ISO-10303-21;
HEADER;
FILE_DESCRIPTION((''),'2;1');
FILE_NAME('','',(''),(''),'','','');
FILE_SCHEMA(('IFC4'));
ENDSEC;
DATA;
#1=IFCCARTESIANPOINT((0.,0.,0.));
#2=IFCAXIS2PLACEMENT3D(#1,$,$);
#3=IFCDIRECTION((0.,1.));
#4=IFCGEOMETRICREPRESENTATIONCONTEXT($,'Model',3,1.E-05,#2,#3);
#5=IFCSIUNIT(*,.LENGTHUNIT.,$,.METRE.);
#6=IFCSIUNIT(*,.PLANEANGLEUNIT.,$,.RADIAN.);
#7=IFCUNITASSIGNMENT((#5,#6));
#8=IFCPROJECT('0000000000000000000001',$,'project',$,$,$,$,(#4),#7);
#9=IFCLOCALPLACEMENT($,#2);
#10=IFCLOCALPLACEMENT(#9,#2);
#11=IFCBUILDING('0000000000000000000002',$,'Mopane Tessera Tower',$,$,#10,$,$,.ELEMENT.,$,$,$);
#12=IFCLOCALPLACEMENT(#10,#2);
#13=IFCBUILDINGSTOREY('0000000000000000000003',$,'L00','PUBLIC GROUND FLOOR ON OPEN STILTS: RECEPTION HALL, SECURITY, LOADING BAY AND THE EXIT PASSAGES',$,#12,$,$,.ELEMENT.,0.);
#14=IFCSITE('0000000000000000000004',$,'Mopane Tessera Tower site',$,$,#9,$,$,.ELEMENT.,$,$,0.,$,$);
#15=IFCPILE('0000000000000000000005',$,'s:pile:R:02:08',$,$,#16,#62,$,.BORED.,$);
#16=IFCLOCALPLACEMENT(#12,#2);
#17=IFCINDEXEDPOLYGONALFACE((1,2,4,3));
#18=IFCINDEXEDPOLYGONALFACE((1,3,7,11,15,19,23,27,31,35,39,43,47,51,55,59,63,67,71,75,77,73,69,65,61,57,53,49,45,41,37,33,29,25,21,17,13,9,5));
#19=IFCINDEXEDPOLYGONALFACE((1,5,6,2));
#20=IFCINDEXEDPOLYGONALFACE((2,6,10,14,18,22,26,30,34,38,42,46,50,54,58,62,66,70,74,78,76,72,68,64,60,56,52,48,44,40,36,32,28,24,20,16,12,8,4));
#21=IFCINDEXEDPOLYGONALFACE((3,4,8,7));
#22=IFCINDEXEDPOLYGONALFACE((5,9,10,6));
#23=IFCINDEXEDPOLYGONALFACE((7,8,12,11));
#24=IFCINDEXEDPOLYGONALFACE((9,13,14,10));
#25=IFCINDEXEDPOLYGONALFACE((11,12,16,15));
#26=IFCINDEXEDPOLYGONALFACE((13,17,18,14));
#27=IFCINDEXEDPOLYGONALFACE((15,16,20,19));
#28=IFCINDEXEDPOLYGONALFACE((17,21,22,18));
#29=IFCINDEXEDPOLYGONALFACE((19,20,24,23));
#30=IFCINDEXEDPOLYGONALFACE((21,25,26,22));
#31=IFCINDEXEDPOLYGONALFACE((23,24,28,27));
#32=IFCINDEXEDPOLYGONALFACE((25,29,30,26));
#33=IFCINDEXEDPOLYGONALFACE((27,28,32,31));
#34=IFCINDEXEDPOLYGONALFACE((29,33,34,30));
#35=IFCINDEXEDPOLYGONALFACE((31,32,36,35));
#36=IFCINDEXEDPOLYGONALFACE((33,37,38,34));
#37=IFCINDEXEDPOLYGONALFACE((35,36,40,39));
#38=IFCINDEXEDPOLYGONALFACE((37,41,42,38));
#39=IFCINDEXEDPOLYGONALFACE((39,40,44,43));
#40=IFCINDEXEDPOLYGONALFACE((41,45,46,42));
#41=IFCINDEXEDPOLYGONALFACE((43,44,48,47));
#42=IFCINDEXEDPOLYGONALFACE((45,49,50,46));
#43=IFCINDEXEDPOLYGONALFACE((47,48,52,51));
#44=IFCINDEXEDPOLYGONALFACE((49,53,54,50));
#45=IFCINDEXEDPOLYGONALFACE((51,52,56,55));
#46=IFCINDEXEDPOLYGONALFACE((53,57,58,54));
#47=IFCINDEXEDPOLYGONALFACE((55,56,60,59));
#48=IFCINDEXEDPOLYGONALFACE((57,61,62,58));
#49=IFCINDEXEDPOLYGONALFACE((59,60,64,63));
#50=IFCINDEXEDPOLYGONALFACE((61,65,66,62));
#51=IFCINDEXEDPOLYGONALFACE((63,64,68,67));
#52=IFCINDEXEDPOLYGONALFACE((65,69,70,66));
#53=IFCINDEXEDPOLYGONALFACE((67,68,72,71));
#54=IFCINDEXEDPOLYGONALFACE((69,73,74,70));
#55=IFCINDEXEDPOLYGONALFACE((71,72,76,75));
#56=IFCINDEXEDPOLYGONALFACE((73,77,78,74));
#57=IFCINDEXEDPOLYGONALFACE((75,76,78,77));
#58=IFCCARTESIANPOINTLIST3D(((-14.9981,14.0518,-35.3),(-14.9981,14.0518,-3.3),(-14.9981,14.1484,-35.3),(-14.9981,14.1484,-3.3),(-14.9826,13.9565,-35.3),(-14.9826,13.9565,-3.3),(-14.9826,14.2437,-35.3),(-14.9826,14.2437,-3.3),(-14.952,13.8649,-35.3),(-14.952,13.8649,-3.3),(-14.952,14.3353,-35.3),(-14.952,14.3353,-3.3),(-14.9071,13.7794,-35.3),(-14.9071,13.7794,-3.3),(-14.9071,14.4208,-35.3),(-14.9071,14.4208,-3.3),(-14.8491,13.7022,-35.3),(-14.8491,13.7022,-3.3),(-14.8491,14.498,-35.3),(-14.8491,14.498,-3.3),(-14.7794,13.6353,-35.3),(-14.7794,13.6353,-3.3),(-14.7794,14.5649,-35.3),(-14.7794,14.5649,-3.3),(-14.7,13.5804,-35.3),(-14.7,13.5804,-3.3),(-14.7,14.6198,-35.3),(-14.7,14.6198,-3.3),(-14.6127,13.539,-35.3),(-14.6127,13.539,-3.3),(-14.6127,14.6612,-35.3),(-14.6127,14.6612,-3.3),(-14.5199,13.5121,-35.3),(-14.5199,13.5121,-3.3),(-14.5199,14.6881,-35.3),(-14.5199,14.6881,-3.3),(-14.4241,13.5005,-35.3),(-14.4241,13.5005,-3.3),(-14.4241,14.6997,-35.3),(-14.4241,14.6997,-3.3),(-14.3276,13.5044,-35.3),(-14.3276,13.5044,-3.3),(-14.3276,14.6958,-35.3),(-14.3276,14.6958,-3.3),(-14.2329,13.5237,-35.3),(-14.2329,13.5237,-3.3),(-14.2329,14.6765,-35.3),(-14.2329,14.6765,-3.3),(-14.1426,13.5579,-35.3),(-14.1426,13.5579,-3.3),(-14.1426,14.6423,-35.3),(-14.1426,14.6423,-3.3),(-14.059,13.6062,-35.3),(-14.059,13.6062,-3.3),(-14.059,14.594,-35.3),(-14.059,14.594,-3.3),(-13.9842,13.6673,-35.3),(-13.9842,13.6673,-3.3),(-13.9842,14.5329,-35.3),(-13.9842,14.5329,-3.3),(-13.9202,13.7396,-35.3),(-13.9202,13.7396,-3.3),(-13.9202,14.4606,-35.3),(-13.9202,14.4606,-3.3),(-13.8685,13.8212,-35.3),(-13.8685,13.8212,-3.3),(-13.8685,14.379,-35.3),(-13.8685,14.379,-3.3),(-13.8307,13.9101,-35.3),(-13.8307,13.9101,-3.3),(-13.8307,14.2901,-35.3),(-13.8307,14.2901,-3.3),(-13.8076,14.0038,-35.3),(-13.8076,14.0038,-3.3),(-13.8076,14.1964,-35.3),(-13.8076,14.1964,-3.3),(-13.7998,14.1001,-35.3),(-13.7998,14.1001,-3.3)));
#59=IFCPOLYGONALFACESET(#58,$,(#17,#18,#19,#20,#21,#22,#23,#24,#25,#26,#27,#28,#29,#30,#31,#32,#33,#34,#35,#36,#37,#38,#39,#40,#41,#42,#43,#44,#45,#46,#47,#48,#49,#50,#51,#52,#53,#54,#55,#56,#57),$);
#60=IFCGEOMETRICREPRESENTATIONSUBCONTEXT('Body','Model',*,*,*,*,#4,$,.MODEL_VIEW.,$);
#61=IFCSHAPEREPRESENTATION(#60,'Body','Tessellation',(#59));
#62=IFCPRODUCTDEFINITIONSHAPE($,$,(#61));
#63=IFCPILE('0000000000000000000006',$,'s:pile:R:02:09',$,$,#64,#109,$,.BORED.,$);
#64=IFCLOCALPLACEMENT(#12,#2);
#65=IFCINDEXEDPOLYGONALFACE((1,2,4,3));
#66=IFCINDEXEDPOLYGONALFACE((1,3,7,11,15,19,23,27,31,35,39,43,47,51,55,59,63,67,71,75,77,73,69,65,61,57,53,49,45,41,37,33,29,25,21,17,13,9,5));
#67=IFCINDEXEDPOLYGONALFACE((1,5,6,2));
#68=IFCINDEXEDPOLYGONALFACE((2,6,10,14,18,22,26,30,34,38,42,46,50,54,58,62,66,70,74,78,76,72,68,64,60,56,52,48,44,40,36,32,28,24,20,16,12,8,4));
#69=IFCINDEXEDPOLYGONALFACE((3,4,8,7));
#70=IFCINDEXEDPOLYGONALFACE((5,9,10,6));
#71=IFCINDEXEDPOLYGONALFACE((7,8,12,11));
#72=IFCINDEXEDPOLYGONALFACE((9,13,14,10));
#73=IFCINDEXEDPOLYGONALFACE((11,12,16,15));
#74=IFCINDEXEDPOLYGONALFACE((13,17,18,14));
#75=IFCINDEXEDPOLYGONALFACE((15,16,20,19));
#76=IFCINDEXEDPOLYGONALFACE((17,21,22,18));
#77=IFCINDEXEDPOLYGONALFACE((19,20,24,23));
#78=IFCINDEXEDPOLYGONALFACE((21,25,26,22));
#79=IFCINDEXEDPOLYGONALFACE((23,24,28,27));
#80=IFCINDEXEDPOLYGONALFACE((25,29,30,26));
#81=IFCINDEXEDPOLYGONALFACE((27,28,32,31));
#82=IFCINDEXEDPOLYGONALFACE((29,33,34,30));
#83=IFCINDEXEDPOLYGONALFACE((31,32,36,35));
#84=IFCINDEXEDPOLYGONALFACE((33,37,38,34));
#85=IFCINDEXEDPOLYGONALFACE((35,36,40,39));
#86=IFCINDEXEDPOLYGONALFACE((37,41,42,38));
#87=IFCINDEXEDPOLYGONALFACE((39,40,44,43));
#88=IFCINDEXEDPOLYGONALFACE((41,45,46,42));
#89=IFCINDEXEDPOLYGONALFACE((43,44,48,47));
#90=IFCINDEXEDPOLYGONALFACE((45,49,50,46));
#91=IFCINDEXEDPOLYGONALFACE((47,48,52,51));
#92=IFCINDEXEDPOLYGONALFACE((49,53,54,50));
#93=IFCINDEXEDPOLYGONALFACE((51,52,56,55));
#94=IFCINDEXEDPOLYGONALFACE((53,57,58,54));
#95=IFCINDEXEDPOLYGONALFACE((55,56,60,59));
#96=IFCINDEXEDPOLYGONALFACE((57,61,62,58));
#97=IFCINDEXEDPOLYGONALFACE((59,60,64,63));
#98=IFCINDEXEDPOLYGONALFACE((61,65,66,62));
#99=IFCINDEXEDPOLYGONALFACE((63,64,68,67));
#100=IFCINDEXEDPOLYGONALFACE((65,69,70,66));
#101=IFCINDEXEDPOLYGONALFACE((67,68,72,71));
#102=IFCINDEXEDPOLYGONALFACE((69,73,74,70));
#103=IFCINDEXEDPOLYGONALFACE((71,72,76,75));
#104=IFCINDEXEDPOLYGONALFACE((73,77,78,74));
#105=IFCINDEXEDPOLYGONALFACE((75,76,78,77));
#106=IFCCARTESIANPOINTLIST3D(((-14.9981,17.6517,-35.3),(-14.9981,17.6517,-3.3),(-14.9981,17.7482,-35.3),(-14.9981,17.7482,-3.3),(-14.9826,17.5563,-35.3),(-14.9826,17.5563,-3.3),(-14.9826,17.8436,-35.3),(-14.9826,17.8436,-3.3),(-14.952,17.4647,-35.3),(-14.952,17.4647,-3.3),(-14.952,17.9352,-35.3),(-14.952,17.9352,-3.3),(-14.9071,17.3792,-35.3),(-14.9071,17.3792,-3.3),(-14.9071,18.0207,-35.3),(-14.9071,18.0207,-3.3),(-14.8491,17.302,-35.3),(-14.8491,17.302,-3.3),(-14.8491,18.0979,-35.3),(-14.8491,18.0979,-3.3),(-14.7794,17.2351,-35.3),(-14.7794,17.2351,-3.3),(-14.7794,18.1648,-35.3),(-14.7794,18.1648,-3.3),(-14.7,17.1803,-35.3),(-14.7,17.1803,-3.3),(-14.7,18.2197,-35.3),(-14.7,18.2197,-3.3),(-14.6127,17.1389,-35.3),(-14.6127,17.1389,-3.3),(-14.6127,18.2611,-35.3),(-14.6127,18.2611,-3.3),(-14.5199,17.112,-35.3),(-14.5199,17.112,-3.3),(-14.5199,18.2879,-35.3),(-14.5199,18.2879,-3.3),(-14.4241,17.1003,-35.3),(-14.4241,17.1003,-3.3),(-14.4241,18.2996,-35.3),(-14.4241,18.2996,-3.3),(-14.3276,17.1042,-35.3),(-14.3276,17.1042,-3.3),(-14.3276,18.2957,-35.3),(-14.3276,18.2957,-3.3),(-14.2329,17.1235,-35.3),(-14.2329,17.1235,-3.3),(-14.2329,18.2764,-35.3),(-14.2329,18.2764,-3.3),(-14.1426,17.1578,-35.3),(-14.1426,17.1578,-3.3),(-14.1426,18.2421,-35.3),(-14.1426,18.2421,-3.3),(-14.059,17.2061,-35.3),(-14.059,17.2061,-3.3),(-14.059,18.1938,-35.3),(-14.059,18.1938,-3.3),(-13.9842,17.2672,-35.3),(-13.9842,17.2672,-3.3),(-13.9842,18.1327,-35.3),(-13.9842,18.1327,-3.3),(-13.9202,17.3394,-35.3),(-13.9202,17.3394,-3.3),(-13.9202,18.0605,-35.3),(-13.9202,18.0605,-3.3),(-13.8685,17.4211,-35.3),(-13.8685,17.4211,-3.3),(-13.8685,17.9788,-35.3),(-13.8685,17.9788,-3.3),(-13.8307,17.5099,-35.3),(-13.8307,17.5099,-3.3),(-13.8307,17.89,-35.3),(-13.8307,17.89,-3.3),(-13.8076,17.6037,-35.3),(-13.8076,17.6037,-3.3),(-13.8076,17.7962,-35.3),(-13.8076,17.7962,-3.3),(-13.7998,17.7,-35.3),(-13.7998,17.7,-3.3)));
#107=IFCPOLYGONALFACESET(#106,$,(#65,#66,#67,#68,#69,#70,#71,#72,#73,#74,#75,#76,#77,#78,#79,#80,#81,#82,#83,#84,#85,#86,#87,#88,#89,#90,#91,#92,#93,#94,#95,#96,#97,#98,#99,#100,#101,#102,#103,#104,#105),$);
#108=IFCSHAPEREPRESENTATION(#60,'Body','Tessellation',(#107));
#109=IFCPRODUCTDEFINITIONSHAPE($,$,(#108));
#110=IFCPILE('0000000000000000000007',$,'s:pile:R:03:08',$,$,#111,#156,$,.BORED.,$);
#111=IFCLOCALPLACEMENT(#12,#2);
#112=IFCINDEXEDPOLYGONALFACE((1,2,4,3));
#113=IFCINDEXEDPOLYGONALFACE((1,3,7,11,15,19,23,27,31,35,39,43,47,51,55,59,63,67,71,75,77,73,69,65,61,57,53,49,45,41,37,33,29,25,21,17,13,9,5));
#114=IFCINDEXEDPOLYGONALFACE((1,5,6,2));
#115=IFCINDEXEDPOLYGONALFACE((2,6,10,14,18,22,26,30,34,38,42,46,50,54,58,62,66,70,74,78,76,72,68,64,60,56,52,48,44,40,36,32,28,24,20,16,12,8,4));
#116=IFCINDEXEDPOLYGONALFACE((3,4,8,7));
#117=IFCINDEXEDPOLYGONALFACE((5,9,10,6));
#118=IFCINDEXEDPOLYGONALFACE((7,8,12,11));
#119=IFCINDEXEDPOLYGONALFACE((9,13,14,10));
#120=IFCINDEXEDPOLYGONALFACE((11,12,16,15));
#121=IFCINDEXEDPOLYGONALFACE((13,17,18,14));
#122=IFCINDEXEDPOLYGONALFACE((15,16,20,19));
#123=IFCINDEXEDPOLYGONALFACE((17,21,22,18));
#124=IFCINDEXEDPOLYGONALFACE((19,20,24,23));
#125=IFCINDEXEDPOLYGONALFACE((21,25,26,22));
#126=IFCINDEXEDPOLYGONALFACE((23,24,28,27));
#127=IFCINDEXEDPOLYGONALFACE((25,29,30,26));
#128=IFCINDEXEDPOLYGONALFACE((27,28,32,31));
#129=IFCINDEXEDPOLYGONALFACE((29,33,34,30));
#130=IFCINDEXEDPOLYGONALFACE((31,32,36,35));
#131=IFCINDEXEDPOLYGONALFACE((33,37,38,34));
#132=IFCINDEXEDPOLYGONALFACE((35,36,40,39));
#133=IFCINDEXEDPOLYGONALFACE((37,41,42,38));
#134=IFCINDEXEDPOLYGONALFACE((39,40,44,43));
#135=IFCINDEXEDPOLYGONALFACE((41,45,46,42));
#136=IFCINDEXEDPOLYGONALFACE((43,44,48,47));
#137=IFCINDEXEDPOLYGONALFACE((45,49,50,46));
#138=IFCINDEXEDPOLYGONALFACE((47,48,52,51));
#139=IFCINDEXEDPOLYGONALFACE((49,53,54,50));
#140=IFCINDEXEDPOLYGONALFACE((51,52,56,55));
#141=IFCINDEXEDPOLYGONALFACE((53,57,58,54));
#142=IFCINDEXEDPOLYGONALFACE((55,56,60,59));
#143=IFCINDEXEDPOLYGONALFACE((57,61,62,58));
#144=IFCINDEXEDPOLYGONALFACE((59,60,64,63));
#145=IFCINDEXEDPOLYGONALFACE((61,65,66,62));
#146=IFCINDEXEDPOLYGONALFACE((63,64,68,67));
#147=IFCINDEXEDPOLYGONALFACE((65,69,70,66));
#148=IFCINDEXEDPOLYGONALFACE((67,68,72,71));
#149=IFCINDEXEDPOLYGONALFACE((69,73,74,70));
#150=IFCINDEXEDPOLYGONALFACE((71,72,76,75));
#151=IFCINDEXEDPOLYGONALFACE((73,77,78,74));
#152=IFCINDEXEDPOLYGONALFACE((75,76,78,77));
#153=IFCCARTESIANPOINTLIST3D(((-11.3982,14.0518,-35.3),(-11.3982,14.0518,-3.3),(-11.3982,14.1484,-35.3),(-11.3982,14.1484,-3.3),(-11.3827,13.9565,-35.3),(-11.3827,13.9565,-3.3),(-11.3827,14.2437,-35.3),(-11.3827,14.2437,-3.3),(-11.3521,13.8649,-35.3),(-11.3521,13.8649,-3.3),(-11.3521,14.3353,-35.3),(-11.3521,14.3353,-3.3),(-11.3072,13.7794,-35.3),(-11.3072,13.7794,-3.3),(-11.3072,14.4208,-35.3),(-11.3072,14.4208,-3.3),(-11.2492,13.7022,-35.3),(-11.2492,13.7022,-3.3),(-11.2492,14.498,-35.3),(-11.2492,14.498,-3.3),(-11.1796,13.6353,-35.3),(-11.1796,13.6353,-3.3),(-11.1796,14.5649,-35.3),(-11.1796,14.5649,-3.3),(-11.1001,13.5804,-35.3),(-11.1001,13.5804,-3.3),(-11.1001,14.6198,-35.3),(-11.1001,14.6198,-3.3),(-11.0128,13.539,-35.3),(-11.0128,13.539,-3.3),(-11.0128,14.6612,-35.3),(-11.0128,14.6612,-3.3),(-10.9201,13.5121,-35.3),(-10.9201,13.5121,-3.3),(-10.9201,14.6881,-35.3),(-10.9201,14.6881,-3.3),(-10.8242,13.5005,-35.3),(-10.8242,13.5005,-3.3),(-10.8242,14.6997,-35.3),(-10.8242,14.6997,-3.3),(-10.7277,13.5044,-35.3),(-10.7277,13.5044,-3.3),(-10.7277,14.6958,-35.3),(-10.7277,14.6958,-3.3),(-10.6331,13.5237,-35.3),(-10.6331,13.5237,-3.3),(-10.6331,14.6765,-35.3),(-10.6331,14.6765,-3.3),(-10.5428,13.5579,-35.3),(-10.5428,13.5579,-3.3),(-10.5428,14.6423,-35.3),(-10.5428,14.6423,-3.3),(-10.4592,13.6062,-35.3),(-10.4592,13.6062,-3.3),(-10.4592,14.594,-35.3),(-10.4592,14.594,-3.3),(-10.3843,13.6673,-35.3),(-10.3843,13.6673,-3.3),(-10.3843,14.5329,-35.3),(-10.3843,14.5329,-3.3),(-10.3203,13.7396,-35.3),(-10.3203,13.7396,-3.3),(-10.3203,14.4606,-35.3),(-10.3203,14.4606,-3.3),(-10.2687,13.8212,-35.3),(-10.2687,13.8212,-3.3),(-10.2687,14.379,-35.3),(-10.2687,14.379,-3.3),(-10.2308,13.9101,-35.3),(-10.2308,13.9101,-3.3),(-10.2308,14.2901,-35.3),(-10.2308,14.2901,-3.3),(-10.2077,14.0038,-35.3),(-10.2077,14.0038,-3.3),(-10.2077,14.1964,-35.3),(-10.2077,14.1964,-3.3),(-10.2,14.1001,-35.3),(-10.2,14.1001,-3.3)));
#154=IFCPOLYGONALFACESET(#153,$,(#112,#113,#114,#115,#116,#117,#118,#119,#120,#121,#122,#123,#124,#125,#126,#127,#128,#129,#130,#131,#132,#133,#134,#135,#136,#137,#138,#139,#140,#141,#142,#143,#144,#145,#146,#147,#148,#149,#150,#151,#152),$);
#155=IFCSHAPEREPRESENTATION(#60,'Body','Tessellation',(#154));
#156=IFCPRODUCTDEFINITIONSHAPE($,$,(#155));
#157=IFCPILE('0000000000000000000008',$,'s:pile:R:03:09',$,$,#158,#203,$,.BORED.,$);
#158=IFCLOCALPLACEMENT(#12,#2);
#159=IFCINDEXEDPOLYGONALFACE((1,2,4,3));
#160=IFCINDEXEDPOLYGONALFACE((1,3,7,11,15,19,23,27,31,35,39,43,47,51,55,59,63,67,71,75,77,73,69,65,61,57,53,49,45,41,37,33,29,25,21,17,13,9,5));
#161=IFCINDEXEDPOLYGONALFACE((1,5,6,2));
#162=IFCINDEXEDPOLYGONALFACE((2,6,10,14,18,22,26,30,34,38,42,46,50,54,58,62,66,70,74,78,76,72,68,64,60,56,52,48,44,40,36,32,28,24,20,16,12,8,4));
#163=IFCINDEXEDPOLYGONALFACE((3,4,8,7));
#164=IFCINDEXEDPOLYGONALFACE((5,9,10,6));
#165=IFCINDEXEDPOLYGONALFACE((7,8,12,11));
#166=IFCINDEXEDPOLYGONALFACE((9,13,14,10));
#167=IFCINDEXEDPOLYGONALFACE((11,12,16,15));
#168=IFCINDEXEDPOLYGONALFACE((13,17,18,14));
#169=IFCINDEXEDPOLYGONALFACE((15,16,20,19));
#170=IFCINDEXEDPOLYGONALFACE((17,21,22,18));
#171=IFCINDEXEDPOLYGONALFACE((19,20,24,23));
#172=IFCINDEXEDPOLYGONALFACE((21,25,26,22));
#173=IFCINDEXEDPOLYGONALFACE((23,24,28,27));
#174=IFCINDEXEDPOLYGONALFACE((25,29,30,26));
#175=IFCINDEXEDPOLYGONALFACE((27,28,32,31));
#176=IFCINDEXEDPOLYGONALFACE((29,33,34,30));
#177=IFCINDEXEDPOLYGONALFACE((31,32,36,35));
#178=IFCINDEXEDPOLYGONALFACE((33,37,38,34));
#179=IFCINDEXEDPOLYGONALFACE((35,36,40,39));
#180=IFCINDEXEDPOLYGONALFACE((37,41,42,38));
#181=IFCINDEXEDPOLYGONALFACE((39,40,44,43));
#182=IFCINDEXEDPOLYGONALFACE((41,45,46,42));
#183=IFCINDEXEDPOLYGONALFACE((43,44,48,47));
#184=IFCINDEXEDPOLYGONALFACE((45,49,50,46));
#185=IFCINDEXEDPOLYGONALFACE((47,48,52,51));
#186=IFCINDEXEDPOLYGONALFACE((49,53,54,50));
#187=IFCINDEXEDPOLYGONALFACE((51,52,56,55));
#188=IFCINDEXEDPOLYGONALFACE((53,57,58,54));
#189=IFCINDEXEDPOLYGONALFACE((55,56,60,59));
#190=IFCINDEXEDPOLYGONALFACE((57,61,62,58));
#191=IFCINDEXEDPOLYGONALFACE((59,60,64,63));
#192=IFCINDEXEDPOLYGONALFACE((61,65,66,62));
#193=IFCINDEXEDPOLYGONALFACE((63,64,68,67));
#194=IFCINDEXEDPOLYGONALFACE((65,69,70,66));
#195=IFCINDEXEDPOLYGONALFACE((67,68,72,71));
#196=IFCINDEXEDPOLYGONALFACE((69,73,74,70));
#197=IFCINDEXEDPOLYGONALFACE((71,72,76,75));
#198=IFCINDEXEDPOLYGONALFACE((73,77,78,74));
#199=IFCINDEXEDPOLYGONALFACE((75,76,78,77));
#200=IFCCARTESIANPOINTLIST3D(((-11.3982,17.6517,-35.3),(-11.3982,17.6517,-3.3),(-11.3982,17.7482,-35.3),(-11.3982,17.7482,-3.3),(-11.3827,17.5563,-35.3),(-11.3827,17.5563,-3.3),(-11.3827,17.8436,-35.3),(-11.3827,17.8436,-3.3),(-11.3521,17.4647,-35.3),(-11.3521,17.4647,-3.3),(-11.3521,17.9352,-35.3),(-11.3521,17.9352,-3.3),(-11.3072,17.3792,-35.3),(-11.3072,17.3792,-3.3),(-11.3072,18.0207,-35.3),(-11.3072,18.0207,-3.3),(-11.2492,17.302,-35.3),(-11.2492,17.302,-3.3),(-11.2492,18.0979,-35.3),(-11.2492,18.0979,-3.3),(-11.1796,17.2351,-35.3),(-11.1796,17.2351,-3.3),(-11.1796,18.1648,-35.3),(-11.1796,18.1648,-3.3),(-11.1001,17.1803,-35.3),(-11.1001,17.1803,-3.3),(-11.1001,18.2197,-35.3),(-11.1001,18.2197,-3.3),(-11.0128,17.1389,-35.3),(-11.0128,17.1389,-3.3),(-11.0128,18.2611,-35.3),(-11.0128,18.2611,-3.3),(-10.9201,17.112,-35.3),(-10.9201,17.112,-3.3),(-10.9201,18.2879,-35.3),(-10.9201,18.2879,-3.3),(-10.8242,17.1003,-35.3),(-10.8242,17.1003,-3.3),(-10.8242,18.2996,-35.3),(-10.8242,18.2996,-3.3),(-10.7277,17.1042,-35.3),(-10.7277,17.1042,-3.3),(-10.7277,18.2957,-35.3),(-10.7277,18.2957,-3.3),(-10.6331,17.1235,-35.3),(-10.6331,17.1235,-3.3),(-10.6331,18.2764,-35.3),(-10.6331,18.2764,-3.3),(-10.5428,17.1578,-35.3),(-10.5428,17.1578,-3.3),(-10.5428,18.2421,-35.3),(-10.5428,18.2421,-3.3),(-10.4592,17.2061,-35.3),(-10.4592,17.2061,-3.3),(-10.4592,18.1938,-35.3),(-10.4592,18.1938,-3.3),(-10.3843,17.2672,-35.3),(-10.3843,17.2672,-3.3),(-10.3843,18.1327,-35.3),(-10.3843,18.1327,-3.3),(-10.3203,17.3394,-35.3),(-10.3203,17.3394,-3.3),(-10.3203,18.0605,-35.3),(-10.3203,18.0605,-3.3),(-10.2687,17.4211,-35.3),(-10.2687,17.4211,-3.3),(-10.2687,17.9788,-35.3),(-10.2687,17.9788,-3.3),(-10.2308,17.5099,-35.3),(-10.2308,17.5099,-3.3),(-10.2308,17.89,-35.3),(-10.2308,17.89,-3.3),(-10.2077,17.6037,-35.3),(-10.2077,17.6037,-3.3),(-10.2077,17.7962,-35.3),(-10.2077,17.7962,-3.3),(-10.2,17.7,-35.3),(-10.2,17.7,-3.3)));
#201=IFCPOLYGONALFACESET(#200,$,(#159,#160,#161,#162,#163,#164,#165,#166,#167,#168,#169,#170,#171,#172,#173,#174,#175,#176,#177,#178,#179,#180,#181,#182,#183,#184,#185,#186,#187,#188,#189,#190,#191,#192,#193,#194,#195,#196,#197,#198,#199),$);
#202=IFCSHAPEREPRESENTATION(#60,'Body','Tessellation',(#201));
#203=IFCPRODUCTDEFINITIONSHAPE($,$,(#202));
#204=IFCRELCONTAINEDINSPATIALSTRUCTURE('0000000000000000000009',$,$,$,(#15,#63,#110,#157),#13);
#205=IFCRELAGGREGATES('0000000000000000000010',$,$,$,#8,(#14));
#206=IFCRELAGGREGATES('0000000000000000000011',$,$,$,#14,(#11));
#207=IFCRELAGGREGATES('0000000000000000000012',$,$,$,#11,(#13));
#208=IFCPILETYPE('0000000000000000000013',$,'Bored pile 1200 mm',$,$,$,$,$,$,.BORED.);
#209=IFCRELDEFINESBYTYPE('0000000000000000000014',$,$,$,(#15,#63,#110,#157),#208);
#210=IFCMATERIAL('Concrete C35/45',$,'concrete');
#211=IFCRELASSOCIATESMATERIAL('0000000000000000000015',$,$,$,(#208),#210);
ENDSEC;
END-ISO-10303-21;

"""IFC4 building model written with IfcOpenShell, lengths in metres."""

from ifc_helpers import new_model, si_unit, direction, frame, origin, origin_2d, place, context, subcontext, project, spatial, circle, extrude, material, material_profile, profile_set, type_object, element, save


model = new_model("IFC4")

# Units and contexts
model_context = context("Model", 3, precision=1e-05, world=origin(), true_north=direction((0.0, 1.0)))
body_context = subcontext(model_context, "Body", "Model", "MODEL_VIEW")
ifc_project = project(units=[si_unit("LENGTHUNIT", "METRE"), si_unit("PLANEANGLEUNIT", "RADIAN")], contexts=[model_context])

# Site, building, storey
site_placement = place(None, origin())
site = spatial("IfcSite", under=ifc_project, at=site_placement, Name="Mopane Tessera Tower site", CompositionType="ELEMENT", RefElevation=0.0)
building_placement = place(site_placement, origin())
building = spatial("IfcBuilding", under=site, at=building_placement, Name="Mopane Tessera Tower", CompositionType="ELEMENT")
storey_placement = place(building_placement, origin())
storey = spatial("IfcBuildingStorey", under=building, at=storey_placement, Name="L00", Description="PUBLIC GROUND FLOOR ON OPEN STILTS: RECEPTION HALL, SECURITY, LOADING BAY AND THE EXIT PASSAGES", CompositionType="ELEMENT", Elevation=0.0)

# Piles
ifc_material_1 = material(Name="Concrete C35/45", Category="concrete")
ifc_material_profile_1 = material_profile(ifc_material_1, circle(Radius=0.6001, at=origin_2d()))
ifc_profile_set_1 = profile_set([ifc_material_profile_1], Name="Concrete C35/45")
pile_type_1 = type_object("IfcPileType", Name="Bored pile 1200 mm", PredefinedType="BORED", material=ifc_profile_set_1)
for number, where, z_axis, x_axis, name in (
    (1, (-14.3999, 14.1001, -3.3), (0.0, 0.0, -1.0), (1.0, 0.0, 0.0), "s:pile:R:02:08"),
    (2, (-14.3999, 17.7, -3.3), (0.0, 0.0, -1.0), (1.0, 0.0, 0.0), "s:pile:R:02:09"),
    (3, (-10.8, 14.1001, -3.3), (0.0, 0.0, -1.0), (1.0, 0.0, 0.0), "s:pile:R:03:08"),
    (4, (-10.8, 17.7, -3.3), (0.0, 0.0, -1.0), (1.0, 0.0, 0.0), "s:pile:R:03:09"),
):
    element("IfcPile", number, at=place(storey_placement, frame(where, z_axis=z_axis, x_axis=x_axis)), inside=storey, type_object=pile_type_1, Name=name, PredefinedType="BORED", context=body_context, shape_type="SweptSolid", body=[
        extrude(circle(Radius=0.6001, at=origin_2d()), origin(), (0.0, 0.0, 1.0), 32.0),
    ])

save(model, "model.ifc")
